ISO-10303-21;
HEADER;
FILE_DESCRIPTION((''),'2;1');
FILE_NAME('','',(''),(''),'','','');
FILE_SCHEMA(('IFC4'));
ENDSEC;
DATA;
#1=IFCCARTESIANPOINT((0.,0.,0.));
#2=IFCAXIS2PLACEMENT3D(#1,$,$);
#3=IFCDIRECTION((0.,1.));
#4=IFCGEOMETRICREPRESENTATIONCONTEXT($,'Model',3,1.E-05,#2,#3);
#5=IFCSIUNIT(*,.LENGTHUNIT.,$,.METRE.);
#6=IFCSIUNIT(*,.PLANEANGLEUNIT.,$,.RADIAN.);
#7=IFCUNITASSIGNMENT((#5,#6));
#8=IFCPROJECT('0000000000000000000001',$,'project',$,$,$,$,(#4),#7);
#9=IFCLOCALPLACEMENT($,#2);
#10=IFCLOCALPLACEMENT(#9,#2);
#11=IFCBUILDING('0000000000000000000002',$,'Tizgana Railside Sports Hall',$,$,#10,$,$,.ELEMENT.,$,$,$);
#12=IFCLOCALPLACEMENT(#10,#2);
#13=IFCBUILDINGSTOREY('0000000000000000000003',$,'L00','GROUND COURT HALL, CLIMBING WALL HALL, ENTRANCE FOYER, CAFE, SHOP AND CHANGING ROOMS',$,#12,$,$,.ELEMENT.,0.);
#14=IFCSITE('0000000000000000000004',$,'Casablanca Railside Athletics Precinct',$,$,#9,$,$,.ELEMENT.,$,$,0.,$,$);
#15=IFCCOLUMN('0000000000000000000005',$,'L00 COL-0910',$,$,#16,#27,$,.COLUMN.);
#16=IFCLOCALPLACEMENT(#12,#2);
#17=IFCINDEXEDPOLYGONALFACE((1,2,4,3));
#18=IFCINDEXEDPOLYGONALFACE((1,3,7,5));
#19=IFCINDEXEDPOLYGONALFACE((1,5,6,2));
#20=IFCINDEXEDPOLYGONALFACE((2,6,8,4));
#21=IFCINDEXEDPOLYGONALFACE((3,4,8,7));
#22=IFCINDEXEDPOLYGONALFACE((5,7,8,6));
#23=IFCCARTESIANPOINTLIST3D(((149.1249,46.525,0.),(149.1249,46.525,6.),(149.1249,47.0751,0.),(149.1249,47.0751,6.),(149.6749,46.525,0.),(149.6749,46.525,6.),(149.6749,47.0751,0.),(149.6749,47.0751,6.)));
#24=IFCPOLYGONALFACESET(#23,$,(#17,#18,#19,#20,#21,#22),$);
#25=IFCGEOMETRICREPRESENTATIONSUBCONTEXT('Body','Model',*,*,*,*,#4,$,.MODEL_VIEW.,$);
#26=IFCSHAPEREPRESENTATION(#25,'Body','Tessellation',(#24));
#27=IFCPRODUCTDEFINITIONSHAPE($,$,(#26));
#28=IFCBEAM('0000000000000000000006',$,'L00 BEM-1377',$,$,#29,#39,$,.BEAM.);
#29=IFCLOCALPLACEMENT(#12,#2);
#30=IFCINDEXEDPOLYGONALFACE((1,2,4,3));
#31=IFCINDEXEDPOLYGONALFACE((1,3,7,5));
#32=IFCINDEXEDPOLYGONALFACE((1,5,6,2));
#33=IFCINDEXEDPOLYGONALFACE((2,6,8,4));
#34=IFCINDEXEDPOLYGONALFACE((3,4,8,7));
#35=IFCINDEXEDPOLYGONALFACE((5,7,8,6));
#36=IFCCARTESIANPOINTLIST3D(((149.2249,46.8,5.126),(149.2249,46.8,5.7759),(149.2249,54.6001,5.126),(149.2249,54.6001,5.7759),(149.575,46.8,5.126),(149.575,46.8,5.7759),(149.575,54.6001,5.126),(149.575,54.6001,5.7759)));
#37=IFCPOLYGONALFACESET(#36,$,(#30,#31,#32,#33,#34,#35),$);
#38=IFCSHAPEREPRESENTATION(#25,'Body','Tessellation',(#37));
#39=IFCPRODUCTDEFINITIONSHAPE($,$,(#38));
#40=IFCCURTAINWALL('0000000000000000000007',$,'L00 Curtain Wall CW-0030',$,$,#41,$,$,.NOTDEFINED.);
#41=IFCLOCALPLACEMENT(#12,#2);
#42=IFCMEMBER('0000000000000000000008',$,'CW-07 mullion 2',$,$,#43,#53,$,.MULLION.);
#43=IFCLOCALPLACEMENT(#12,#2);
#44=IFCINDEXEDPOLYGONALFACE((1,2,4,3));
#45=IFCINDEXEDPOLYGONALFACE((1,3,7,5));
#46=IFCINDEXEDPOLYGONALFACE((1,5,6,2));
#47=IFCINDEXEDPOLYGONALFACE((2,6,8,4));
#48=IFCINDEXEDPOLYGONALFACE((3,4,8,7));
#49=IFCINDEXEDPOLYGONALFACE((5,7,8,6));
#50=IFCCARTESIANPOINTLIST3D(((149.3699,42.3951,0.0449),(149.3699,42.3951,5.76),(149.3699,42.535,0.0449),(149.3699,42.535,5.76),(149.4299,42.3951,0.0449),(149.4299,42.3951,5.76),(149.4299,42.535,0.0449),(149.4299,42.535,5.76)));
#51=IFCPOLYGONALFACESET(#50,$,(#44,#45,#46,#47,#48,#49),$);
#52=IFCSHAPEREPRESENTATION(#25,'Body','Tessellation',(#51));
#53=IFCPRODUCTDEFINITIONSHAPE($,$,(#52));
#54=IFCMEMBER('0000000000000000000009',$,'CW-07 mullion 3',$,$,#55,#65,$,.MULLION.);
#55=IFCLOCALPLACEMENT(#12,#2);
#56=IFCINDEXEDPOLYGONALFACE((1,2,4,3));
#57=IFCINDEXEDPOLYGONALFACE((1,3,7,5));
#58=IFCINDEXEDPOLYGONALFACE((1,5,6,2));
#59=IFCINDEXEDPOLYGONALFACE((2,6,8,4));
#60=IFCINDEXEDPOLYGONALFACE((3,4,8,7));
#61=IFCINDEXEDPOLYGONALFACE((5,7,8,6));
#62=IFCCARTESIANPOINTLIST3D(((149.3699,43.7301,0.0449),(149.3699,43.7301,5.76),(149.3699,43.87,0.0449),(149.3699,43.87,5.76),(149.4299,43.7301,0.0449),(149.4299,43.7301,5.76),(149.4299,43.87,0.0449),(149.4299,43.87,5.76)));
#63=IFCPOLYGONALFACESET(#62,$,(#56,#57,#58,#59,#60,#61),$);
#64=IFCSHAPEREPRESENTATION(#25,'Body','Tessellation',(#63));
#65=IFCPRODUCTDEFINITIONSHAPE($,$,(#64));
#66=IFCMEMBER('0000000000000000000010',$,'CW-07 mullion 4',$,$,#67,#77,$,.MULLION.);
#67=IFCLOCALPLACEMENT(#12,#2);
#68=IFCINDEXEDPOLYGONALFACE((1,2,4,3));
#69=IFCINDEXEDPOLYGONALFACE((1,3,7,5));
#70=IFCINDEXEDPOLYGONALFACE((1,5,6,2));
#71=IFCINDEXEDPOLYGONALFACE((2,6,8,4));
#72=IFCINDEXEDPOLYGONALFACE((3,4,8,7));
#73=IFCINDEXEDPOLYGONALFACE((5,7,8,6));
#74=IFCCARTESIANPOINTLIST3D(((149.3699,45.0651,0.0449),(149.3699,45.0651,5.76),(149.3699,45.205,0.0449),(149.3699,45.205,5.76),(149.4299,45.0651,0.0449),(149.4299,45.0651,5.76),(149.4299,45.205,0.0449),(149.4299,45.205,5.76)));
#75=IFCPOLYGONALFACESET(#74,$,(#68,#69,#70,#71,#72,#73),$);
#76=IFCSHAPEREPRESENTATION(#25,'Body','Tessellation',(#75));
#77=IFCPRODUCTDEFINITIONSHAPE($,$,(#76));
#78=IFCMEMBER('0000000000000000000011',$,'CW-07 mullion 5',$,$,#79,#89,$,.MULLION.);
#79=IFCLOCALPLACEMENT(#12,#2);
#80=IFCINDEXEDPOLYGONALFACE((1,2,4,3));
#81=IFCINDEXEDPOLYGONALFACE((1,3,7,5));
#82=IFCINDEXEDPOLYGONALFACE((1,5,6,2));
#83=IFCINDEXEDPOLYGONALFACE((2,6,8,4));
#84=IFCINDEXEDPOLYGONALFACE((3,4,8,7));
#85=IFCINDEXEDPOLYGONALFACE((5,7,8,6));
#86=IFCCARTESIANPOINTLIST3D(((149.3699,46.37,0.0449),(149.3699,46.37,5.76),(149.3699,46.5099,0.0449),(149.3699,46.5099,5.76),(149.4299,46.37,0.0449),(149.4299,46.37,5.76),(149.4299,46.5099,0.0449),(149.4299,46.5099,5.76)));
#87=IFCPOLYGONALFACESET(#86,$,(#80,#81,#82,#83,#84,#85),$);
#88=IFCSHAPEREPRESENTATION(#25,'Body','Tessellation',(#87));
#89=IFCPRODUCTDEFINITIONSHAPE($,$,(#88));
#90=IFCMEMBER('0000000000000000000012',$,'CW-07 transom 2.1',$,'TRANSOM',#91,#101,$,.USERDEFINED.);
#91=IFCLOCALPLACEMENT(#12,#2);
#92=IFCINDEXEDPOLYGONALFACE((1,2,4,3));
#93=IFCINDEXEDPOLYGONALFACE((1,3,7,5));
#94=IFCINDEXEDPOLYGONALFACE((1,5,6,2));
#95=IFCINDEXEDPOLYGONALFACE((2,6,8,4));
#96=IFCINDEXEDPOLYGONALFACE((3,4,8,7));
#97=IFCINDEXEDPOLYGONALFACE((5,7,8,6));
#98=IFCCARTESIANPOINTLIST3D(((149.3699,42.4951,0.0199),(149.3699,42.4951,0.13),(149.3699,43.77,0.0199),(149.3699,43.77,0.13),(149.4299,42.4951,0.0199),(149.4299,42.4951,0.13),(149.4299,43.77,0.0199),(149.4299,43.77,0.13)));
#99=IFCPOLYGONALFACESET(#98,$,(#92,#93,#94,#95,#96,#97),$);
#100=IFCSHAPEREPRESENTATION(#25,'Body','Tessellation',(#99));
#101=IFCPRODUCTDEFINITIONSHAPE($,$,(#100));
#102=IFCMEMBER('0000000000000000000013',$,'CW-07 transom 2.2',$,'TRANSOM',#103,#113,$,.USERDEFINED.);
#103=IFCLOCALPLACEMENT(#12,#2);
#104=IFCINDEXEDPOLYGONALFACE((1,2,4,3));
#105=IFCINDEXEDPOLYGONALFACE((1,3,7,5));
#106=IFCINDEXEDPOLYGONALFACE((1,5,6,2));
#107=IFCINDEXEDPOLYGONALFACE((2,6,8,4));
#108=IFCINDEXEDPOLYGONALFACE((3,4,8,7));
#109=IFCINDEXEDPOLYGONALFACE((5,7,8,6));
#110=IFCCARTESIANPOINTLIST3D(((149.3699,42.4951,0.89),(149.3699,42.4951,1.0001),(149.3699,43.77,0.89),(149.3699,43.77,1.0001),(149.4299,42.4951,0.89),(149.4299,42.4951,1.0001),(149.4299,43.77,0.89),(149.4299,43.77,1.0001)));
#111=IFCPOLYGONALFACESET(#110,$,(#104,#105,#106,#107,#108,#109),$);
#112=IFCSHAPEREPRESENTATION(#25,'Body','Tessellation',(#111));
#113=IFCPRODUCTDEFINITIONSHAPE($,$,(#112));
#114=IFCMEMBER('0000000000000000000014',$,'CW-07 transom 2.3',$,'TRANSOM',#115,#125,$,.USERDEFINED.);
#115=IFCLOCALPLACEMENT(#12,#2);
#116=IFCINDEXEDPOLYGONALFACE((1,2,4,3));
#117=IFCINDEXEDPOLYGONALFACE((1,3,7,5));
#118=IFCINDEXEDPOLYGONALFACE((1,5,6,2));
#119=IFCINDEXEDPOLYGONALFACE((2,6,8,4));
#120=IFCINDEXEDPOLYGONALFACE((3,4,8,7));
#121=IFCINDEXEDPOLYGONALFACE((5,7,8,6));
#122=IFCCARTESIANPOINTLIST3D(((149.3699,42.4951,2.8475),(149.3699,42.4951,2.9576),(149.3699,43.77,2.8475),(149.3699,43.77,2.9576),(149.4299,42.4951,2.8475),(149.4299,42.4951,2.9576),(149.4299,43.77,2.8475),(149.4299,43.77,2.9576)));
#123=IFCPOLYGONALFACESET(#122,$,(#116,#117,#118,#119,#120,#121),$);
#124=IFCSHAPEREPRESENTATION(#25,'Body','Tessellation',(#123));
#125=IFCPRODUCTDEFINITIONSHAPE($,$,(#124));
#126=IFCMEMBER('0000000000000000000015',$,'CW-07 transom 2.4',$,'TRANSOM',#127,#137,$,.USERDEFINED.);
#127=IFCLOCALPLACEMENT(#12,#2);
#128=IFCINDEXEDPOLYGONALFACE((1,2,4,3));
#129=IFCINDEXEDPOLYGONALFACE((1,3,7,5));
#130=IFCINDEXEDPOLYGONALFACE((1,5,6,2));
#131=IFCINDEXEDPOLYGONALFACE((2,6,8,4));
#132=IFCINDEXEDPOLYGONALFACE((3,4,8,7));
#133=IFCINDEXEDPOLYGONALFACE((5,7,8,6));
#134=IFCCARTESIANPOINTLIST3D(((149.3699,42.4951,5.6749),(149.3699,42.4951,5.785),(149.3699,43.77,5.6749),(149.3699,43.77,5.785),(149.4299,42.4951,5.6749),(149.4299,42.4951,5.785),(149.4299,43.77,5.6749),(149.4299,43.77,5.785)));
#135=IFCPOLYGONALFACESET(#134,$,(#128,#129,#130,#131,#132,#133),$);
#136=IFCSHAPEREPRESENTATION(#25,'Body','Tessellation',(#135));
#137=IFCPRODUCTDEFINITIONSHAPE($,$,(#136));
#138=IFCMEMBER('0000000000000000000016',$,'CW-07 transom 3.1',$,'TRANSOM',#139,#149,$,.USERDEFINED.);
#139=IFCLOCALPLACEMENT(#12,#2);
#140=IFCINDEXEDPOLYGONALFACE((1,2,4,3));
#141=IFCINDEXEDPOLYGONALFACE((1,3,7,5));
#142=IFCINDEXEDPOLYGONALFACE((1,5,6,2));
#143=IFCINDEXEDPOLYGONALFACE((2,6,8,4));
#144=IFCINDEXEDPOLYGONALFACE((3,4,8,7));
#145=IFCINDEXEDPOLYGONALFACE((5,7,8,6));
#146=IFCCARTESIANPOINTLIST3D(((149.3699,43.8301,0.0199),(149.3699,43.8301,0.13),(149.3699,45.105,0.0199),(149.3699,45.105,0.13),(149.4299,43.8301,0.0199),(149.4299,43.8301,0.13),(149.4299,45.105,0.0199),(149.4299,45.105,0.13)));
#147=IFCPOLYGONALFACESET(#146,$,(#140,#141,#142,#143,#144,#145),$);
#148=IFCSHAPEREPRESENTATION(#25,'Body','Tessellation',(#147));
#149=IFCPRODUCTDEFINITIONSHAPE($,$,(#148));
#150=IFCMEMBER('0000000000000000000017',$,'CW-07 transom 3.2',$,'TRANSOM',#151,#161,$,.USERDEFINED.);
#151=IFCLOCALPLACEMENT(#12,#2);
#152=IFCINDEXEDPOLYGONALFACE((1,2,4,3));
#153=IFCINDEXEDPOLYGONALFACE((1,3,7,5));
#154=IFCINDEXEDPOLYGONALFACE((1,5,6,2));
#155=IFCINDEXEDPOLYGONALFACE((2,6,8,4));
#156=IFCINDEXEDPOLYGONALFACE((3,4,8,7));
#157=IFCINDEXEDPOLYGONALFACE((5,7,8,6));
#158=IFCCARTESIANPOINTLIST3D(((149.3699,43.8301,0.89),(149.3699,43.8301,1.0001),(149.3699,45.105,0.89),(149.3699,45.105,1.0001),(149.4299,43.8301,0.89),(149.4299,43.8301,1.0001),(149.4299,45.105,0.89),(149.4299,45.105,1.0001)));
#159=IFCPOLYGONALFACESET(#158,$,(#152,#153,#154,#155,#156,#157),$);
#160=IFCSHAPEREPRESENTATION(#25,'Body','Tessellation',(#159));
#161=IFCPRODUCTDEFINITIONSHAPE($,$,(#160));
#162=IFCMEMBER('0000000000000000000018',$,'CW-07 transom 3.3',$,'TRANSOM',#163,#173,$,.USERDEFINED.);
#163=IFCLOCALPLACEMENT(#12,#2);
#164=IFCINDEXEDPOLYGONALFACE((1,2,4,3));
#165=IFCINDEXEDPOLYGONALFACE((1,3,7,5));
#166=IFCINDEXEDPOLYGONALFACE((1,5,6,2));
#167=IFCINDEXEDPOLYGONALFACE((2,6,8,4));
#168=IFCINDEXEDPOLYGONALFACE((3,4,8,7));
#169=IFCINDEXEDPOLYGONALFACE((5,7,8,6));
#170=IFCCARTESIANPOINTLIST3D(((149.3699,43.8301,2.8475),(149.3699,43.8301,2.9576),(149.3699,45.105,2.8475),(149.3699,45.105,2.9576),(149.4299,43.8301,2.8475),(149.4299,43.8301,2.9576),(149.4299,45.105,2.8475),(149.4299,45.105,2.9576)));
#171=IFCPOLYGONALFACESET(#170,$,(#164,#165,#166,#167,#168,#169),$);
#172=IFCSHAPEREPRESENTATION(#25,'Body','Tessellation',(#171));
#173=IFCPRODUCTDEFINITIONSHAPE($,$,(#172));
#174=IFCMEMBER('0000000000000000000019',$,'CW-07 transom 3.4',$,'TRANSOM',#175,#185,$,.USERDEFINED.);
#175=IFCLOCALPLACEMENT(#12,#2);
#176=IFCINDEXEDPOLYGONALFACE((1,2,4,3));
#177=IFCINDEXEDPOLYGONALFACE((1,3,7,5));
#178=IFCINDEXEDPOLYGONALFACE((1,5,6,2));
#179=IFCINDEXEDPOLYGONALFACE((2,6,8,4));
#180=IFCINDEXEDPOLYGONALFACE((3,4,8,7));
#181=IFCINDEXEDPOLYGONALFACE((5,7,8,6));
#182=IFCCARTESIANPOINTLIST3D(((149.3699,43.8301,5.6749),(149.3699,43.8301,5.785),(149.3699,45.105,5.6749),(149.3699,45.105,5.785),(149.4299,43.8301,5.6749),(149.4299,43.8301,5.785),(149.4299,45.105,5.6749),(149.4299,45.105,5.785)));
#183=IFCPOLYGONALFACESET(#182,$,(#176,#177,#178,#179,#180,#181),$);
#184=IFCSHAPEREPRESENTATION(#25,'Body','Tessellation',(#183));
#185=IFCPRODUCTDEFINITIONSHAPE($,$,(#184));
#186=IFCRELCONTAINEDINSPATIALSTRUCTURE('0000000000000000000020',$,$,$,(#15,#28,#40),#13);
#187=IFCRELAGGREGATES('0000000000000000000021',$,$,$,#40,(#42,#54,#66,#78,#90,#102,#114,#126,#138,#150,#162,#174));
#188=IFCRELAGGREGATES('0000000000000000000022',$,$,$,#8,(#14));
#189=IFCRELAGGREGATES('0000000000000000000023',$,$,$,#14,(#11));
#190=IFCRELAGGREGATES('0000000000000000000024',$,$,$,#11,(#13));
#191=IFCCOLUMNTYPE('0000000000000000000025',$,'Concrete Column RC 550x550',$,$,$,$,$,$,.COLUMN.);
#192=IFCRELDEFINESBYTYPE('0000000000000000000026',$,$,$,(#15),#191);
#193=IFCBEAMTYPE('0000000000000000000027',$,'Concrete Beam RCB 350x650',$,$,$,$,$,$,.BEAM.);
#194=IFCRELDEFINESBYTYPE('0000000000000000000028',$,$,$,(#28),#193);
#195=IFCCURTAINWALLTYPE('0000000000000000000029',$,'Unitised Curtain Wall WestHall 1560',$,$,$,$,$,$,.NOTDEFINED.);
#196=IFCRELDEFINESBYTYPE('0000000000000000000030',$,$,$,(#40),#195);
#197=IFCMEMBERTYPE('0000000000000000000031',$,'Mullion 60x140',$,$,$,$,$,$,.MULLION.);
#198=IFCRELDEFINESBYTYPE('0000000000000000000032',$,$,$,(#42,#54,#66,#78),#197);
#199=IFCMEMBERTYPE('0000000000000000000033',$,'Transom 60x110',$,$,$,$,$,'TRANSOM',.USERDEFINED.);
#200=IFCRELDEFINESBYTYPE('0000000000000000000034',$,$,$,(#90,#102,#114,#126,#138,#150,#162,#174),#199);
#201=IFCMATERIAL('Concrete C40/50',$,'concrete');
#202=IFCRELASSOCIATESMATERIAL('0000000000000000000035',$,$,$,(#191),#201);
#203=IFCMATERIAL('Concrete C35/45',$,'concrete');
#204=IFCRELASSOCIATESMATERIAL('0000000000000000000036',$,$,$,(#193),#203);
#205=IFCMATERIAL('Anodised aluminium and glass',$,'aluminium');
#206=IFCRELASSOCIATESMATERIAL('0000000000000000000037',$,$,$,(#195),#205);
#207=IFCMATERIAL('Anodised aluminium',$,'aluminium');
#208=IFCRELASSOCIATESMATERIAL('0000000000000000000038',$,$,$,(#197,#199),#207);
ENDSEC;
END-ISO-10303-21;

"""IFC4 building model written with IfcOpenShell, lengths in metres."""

from ifc_helpers import new_model, si_unit, direction, frame, origin, origin_2d, place, context, subcontext, project, spatial, rectangle, extrude, material, material_profile, profile_set, type_object, element, aggregate, save


model = new_model("IFC4")

# Units and contexts
model_context = context("Model", 3, precision=1e-05, world=origin(), true_north=direction((0.0, 1.0)))
body_context = subcontext(model_context, "Body", "Model", "MODEL_VIEW")
ifc_project = project(units=[si_unit("LENGTHUNIT", "METRE"), si_unit("PLANEANGLEUNIT", "RADIAN")], contexts=[model_context])

# Site, building, storey
site_placement = place(None, origin())
site = spatial("IfcSite", under=ifc_project, at=site_placement, Name="Casablanca Railside Athletics Precinct", CompositionType="ELEMENT", RefElevation=0.0)
building_placement = place(site_placement, origin())
building = spatial("IfcBuilding", under=site, at=building_placement, Name="Tizgana Railside Sports Hall", CompositionType="ELEMENT")
storey_placement = place(building_placement, origin())
storey = spatial("IfcBuildingStorey", under=building, at=storey_placement, Name="L00", Description="GROUND COURT HALL, CLIMBING WALL HALL, ENTRANCE FOYER, CAFE, SHOP AND CHANGING ROOMS", CompositionType="ELEMENT", Elevation=0.0)

# Column
ifc_material_1 = material(Name="Concrete C40/50", Category="concrete")
ifc_material_profile_1 = material_profile(ifc_material_1, rectangle(XDim=0.55, YDim=0.55, at=origin_2d()), Name="RC 550x550")
ifc_profile_set_1 = profile_set([ifc_material_profile_1], Name="Concrete C40/50")
column_type = type_object("IfcColumnType", Name="Concrete Column RC 550x550", PredefinedType="COLUMN", material=ifc_profile_set_1)
column_placement = place(storey_placement, frame((149.3999, 46.8, 0.0), z_axis=(0.0, 0.0, 1.0), x_axis=(1.0, 0.0, 0.0)))
element("IfcColumn", 1, at=column_placement, inside=storey, type_object=column_type, Name="L00 COL-0910", PredefinedType="COLUMN", context=body_context, shape_type="SweptSolid", body=[
    extrude(rectangle(XDim=0.55, YDim=0.55, at=origin_2d()), origin(), (0.0, 0.0, 1.0), 6.0),
])

# Beam
ifc_material_2 = material(Name="Concrete C35/45", Category="concrete")
ifc_material_profile_2 = material_profile(ifc_material_2, rectangle(XDim=0.3501, YDim=0.6499, at=origin_2d()), Name="RCB 350x650")
ifc_profile_set_2 = profile_set([ifc_material_profile_2], Name="Concrete C35/45")
beam_type = type_object("IfcBeamType", Name="Concrete Beam RCB 350x650", PredefinedType="BEAM", material=ifc_profile_set_2)
beam_placement = place(storey_placement, frame((149.3999, 46.8, 5.4509), z_axis=(0.0, 1.0, 0.0), x_axis=(-1.0, 0.0, 0.0)))
element("IfcBeam", 2, at=beam_placement, inside=storey, type_object=beam_type, Name="L00 BEM-1377", PredefinedType="BEAM", context=body_context, shape_type="SweptSolid", body=[
    extrude(rectangle(XDim=0.3501, YDim=0.6499, at=origin_2d()), origin(), (0.0, 0.0, 1.0), 7.8),
])

# Curtain wall, members
ifc_material_3 = material(Name="Anodised aluminium and glass", Category="aluminium")
curtain_wall_type = type_object("IfcCurtainWallType", Name="Unitised Curtain Wall WestHall 1560", PredefinedType="NOTDEFINED", material=ifc_material_3)
curtain_wall_placement = place(storey_placement, origin())
curtain_wall = element("IfcCurtainWall", 3, at=curtain_wall_placement, inside=storey, type_object=curtain_wall_type, Name="L00 Curtain Wall CW-0030", PredefinedType="NOTDEFINED")
ifc_material_4 = material(Name="Anodised aluminium", Category="aluminium")
ifc_material_profile_3 = material_profile(ifc_material_4, rectangle(XDim=0.0601, YDim=0.1399, at=origin_2d()), Name="Mullion 60x140")
ifc_profile_set_3 = profile_set([ifc_material_profile_3], Name="Anodised aluminium")
member_type_1 = type_object("IfcMemberType", Name="Mullion 60x140", PredefinedType="MULLION", material=ifc_profile_set_3)
member_1_placement = place(storey_placement, frame((149.3999, 42.4651, 0.0449), z_axis=(0.0, 0.0, 1.0), x_axis=(-1.0, 0.0, 0.0)))
member_1 = element("IfcMember", 4, at=member_1_placement, type_object=member_type_1, Name="CW-07 mullion 2", PredefinedType="MULLION", context=body_context, shape_type="SweptSolid", body=[
    extrude(rectangle(XDim=0.0601, YDim=0.1399, at=origin_2d()), origin(), (0.0, 0.0, 1.0), 5.7151),
])
member_2_placement = place(storey_placement, frame((149.3999, 43.8, 0.0449), z_axis=(0.0, 0.0, 1.0), x_axis=(-1.0, 0.0, 0.0)))
member_2 = element("IfcMember", 5, at=member_2_placement, type_object=member_type_1, Name="CW-07 mullion 3", PredefinedType="MULLION", context=body_context, shape_type="SweptSolid", body=[
    extrude(rectangle(XDim=0.0601, YDim=0.1399, at=origin_2d()), origin(), (0.0, 0.0, 1.0), 5.7151),
])
member_3_placement = place(storey_placement, frame((149.3999, 45.135, 0.0449), z_axis=(0.0, 0.0, 1.0), x_axis=(-1.0, 0.0, 0.0)))
member_3 = element("IfcMember", 6, at=member_3_placement, type_object=member_type_1, Name="CW-07 mullion 4", PredefinedType="MULLION", context=body_context, shape_type="SweptSolid", body=[
    extrude(rectangle(XDim=0.0601, YDim=0.1399, at=origin_2d()), origin(), (0.0, 0.0, 1.0), 5.7151),
])
member_4_placement = place(storey_placement, frame((149.3999, 46.4399, 0.0449), z_axis=(0.0, 0.0, 1.0), x_axis=(-1.0, 0.0, 0.0)))
member_4 = element("IfcMember", 7, at=member_4_placement, type_object=member_type_1, Name="CW-07 mullion 5", PredefinedType="MULLION", context=body_context, shape_type="SweptSolid", body=[
    extrude(rectangle(XDim=0.0601, YDim=0.1399, at=origin_2d()), origin(), (0.0, 0.0, 1.0), 5.7151),
])
ifc_material_profile_4 = material_profile(ifc_material_4, rectangle(XDim=0.0601, YDim=0.1101, at=origin_2d()), Name="Transom 60x110")
ifc_profile_set_4 = profile_set([ifc_material_profile_4], Name="Anodised aluminium")
member_type_2 = type_object("IfcMemberType", Name="Transom 60x110", ElementType="TRANSOM", PredefinedType="USERDEFINED", material=ifc_profile_set_4)
member_5_placement = place(storey_placement, frame((149.3999, 42.4951, 0.075), z_axis=(0.0, 1.0, 0.0), x_axis=(-1.0, 0.0, 0.0)))
member_5 = element("IfcMember", 8, at=member_5_placement, type_object=member_type_2, Name="CW-07 transom 2.1", ObjectType="TRANSOM", PredefinedType="USERDEFINED", context=body_context, shape_type="SweptSolid", body=[
    extrude(rectangle(XDim=0.0601, YDim=0.1101, at=origin_2d()), origin(), (0.0, 0.0, 1.0), 1.2749),
])
member_6_placement = place(storey_placement, frame((149.3999, 42.4951, 0.9451), z_axis=(0.0, 1.0, 0.0), x_axis=(-1.0, 0.0, 0.0)))
member_6 = element("IfcMember", 9, at=member_6_placement, type_object=member_type_2, Name="CW-07 transom 2.2", ObjectType="TRANSOM", PredefinedType="USERDEFINED", context=body_context, shape_type="SweptSolid", body=[
    extrude(rectangle(XDim=0.0601, YDim=0.1101, at=origin_2d()), origin(), (0.0, 0.0, 1.0), 1.2749),
])
member_7_placement = place(storey_placement, frame((149.3999, 42.4951, 2.9026), z_axis=(0.0, 1.0, 0.0), x_axis=(-1.0, 0.0, 0.0)))
member_7 = element("IfcMember", 10, at=member_7_placement, type_object=member_type_2, Name="CW-07 transom 2.3", ObjectType="TRANSOM", PredefinedType="USERDEFINED", context=body_context, shape_type="SweptSolid", body=[
    extrude(rectangle(XDim=0.0601, YDim=0.1101, at=origin_2d()), origin(), (0.0, 0.0, 1.0), 1.2749),
])
member_8_placement = place(storey_placement, frame((149.3999, 42.4951, 5.73), z_axis=(0.0, 1.0, 0.0), x_axis=(-1.0, 0.0, 0.0)))
member_8 = element("IfcMember", 11, at=member_8_placement, type_object=member_type_2, Name="CW-07 transom 2.4", ObjectType="TRANSOM", PredefinedType="USERDEFINED", context=body_context, shape_type="SweptSolid", body=[
    extrude(rectangle(XDim=0.0601, YDim=0.1101, at=origin_2d()), origin(), (0.0, 0.0, 1.0), 1.2749),
])
member_9_placement = place(storey_placement, frame((149.3999, 43.8301, 0.075), z_axis=(0.0, 1.0, 0.0), x_axis=(-1.0, 0.0, 0.0)))
member_9 = element("IfcMember", 12, at=member_9_placement, type_object=member_type_2, Name="CW-07 transom 3.1", ObjectType="TRANSOM", PredefinedType="USERDEFINED", context=body_context, shape_type="SweptSolid", body=[
    extrude(rectangle(XDim=0.0601, YDim=0.1101, at=origin_2d()), origin(), (0.0, 0.0, 1.0), 1.2749),
])
member_10_placement = place(storey_placement, frame((149.3999, 43.8301, 0.9451), z_axis=(0.0, 1.0, 0.0), x_axis=(-1.0, 0.0, 0.0)))
member_10 = element("IfcMember", 13, at=member_10_placement, type_object=member_type_2, Name="CW-07 transom 3.2", ObjectType="TRANSOM", PredefinedType="USERDEFINED", context=body_context, shape_type="SweptSolid", body=[
    extrude(rectangle(XDim=0.0601, YDim=0.1101, at=origin_2d()), origin(), (0.0, 0.0, 1.0), 1.2749),
])
member_11_placement = place(storey_placement, frame((149.3999, 43.8301, 2.9026), z_axis=(0.0, 1.0, 0.0), x_axis=(-1.0, 0.0, 0.0)))
member_11 = element("IfcMember", 14, at=member_11_placement, type_object=member_type_2, Name="CW-07 transom 3.3", ObjectType="TRANSOM", PredefinedType="USERDEFINED", context=body_context, shape_type="SweptSolid", body=[
    extrude(rectangle(XDim=0.0601, YDim=0.1101, at=origin_2d()), origin(), (0.0, 0.0, 1.0), 1.2749),
])
member_12_placement = place(storey_placement, frame((149.3999, 43.8301, 5.73), z_axis=(0.0, 1.0, 0.0), x_axis=(-1.0, 0.0, 0.0)))
member_12 = element("IfcMember", 15, at=member_12_placement, type_object=member_type_2, Name="CW-07 transom 3.4", ObjectType="TRANSOM", PredefinedType="USERDEFINED", context=body_context, shape_type="SweptSolid", body=[
    extrude(rectangle(XDim=0.0601, YDim=0.1101, at=origin_2d()), origin(), (0.0, 0.0, 1.0), 1.2749),
])
aggregate(curtain_wall, [member_1, member_2, member_3, member_4, member_5, member_6, member_7, member_8, member_9, member_10, member_11, member_12])

save(model, "model.ifc")
